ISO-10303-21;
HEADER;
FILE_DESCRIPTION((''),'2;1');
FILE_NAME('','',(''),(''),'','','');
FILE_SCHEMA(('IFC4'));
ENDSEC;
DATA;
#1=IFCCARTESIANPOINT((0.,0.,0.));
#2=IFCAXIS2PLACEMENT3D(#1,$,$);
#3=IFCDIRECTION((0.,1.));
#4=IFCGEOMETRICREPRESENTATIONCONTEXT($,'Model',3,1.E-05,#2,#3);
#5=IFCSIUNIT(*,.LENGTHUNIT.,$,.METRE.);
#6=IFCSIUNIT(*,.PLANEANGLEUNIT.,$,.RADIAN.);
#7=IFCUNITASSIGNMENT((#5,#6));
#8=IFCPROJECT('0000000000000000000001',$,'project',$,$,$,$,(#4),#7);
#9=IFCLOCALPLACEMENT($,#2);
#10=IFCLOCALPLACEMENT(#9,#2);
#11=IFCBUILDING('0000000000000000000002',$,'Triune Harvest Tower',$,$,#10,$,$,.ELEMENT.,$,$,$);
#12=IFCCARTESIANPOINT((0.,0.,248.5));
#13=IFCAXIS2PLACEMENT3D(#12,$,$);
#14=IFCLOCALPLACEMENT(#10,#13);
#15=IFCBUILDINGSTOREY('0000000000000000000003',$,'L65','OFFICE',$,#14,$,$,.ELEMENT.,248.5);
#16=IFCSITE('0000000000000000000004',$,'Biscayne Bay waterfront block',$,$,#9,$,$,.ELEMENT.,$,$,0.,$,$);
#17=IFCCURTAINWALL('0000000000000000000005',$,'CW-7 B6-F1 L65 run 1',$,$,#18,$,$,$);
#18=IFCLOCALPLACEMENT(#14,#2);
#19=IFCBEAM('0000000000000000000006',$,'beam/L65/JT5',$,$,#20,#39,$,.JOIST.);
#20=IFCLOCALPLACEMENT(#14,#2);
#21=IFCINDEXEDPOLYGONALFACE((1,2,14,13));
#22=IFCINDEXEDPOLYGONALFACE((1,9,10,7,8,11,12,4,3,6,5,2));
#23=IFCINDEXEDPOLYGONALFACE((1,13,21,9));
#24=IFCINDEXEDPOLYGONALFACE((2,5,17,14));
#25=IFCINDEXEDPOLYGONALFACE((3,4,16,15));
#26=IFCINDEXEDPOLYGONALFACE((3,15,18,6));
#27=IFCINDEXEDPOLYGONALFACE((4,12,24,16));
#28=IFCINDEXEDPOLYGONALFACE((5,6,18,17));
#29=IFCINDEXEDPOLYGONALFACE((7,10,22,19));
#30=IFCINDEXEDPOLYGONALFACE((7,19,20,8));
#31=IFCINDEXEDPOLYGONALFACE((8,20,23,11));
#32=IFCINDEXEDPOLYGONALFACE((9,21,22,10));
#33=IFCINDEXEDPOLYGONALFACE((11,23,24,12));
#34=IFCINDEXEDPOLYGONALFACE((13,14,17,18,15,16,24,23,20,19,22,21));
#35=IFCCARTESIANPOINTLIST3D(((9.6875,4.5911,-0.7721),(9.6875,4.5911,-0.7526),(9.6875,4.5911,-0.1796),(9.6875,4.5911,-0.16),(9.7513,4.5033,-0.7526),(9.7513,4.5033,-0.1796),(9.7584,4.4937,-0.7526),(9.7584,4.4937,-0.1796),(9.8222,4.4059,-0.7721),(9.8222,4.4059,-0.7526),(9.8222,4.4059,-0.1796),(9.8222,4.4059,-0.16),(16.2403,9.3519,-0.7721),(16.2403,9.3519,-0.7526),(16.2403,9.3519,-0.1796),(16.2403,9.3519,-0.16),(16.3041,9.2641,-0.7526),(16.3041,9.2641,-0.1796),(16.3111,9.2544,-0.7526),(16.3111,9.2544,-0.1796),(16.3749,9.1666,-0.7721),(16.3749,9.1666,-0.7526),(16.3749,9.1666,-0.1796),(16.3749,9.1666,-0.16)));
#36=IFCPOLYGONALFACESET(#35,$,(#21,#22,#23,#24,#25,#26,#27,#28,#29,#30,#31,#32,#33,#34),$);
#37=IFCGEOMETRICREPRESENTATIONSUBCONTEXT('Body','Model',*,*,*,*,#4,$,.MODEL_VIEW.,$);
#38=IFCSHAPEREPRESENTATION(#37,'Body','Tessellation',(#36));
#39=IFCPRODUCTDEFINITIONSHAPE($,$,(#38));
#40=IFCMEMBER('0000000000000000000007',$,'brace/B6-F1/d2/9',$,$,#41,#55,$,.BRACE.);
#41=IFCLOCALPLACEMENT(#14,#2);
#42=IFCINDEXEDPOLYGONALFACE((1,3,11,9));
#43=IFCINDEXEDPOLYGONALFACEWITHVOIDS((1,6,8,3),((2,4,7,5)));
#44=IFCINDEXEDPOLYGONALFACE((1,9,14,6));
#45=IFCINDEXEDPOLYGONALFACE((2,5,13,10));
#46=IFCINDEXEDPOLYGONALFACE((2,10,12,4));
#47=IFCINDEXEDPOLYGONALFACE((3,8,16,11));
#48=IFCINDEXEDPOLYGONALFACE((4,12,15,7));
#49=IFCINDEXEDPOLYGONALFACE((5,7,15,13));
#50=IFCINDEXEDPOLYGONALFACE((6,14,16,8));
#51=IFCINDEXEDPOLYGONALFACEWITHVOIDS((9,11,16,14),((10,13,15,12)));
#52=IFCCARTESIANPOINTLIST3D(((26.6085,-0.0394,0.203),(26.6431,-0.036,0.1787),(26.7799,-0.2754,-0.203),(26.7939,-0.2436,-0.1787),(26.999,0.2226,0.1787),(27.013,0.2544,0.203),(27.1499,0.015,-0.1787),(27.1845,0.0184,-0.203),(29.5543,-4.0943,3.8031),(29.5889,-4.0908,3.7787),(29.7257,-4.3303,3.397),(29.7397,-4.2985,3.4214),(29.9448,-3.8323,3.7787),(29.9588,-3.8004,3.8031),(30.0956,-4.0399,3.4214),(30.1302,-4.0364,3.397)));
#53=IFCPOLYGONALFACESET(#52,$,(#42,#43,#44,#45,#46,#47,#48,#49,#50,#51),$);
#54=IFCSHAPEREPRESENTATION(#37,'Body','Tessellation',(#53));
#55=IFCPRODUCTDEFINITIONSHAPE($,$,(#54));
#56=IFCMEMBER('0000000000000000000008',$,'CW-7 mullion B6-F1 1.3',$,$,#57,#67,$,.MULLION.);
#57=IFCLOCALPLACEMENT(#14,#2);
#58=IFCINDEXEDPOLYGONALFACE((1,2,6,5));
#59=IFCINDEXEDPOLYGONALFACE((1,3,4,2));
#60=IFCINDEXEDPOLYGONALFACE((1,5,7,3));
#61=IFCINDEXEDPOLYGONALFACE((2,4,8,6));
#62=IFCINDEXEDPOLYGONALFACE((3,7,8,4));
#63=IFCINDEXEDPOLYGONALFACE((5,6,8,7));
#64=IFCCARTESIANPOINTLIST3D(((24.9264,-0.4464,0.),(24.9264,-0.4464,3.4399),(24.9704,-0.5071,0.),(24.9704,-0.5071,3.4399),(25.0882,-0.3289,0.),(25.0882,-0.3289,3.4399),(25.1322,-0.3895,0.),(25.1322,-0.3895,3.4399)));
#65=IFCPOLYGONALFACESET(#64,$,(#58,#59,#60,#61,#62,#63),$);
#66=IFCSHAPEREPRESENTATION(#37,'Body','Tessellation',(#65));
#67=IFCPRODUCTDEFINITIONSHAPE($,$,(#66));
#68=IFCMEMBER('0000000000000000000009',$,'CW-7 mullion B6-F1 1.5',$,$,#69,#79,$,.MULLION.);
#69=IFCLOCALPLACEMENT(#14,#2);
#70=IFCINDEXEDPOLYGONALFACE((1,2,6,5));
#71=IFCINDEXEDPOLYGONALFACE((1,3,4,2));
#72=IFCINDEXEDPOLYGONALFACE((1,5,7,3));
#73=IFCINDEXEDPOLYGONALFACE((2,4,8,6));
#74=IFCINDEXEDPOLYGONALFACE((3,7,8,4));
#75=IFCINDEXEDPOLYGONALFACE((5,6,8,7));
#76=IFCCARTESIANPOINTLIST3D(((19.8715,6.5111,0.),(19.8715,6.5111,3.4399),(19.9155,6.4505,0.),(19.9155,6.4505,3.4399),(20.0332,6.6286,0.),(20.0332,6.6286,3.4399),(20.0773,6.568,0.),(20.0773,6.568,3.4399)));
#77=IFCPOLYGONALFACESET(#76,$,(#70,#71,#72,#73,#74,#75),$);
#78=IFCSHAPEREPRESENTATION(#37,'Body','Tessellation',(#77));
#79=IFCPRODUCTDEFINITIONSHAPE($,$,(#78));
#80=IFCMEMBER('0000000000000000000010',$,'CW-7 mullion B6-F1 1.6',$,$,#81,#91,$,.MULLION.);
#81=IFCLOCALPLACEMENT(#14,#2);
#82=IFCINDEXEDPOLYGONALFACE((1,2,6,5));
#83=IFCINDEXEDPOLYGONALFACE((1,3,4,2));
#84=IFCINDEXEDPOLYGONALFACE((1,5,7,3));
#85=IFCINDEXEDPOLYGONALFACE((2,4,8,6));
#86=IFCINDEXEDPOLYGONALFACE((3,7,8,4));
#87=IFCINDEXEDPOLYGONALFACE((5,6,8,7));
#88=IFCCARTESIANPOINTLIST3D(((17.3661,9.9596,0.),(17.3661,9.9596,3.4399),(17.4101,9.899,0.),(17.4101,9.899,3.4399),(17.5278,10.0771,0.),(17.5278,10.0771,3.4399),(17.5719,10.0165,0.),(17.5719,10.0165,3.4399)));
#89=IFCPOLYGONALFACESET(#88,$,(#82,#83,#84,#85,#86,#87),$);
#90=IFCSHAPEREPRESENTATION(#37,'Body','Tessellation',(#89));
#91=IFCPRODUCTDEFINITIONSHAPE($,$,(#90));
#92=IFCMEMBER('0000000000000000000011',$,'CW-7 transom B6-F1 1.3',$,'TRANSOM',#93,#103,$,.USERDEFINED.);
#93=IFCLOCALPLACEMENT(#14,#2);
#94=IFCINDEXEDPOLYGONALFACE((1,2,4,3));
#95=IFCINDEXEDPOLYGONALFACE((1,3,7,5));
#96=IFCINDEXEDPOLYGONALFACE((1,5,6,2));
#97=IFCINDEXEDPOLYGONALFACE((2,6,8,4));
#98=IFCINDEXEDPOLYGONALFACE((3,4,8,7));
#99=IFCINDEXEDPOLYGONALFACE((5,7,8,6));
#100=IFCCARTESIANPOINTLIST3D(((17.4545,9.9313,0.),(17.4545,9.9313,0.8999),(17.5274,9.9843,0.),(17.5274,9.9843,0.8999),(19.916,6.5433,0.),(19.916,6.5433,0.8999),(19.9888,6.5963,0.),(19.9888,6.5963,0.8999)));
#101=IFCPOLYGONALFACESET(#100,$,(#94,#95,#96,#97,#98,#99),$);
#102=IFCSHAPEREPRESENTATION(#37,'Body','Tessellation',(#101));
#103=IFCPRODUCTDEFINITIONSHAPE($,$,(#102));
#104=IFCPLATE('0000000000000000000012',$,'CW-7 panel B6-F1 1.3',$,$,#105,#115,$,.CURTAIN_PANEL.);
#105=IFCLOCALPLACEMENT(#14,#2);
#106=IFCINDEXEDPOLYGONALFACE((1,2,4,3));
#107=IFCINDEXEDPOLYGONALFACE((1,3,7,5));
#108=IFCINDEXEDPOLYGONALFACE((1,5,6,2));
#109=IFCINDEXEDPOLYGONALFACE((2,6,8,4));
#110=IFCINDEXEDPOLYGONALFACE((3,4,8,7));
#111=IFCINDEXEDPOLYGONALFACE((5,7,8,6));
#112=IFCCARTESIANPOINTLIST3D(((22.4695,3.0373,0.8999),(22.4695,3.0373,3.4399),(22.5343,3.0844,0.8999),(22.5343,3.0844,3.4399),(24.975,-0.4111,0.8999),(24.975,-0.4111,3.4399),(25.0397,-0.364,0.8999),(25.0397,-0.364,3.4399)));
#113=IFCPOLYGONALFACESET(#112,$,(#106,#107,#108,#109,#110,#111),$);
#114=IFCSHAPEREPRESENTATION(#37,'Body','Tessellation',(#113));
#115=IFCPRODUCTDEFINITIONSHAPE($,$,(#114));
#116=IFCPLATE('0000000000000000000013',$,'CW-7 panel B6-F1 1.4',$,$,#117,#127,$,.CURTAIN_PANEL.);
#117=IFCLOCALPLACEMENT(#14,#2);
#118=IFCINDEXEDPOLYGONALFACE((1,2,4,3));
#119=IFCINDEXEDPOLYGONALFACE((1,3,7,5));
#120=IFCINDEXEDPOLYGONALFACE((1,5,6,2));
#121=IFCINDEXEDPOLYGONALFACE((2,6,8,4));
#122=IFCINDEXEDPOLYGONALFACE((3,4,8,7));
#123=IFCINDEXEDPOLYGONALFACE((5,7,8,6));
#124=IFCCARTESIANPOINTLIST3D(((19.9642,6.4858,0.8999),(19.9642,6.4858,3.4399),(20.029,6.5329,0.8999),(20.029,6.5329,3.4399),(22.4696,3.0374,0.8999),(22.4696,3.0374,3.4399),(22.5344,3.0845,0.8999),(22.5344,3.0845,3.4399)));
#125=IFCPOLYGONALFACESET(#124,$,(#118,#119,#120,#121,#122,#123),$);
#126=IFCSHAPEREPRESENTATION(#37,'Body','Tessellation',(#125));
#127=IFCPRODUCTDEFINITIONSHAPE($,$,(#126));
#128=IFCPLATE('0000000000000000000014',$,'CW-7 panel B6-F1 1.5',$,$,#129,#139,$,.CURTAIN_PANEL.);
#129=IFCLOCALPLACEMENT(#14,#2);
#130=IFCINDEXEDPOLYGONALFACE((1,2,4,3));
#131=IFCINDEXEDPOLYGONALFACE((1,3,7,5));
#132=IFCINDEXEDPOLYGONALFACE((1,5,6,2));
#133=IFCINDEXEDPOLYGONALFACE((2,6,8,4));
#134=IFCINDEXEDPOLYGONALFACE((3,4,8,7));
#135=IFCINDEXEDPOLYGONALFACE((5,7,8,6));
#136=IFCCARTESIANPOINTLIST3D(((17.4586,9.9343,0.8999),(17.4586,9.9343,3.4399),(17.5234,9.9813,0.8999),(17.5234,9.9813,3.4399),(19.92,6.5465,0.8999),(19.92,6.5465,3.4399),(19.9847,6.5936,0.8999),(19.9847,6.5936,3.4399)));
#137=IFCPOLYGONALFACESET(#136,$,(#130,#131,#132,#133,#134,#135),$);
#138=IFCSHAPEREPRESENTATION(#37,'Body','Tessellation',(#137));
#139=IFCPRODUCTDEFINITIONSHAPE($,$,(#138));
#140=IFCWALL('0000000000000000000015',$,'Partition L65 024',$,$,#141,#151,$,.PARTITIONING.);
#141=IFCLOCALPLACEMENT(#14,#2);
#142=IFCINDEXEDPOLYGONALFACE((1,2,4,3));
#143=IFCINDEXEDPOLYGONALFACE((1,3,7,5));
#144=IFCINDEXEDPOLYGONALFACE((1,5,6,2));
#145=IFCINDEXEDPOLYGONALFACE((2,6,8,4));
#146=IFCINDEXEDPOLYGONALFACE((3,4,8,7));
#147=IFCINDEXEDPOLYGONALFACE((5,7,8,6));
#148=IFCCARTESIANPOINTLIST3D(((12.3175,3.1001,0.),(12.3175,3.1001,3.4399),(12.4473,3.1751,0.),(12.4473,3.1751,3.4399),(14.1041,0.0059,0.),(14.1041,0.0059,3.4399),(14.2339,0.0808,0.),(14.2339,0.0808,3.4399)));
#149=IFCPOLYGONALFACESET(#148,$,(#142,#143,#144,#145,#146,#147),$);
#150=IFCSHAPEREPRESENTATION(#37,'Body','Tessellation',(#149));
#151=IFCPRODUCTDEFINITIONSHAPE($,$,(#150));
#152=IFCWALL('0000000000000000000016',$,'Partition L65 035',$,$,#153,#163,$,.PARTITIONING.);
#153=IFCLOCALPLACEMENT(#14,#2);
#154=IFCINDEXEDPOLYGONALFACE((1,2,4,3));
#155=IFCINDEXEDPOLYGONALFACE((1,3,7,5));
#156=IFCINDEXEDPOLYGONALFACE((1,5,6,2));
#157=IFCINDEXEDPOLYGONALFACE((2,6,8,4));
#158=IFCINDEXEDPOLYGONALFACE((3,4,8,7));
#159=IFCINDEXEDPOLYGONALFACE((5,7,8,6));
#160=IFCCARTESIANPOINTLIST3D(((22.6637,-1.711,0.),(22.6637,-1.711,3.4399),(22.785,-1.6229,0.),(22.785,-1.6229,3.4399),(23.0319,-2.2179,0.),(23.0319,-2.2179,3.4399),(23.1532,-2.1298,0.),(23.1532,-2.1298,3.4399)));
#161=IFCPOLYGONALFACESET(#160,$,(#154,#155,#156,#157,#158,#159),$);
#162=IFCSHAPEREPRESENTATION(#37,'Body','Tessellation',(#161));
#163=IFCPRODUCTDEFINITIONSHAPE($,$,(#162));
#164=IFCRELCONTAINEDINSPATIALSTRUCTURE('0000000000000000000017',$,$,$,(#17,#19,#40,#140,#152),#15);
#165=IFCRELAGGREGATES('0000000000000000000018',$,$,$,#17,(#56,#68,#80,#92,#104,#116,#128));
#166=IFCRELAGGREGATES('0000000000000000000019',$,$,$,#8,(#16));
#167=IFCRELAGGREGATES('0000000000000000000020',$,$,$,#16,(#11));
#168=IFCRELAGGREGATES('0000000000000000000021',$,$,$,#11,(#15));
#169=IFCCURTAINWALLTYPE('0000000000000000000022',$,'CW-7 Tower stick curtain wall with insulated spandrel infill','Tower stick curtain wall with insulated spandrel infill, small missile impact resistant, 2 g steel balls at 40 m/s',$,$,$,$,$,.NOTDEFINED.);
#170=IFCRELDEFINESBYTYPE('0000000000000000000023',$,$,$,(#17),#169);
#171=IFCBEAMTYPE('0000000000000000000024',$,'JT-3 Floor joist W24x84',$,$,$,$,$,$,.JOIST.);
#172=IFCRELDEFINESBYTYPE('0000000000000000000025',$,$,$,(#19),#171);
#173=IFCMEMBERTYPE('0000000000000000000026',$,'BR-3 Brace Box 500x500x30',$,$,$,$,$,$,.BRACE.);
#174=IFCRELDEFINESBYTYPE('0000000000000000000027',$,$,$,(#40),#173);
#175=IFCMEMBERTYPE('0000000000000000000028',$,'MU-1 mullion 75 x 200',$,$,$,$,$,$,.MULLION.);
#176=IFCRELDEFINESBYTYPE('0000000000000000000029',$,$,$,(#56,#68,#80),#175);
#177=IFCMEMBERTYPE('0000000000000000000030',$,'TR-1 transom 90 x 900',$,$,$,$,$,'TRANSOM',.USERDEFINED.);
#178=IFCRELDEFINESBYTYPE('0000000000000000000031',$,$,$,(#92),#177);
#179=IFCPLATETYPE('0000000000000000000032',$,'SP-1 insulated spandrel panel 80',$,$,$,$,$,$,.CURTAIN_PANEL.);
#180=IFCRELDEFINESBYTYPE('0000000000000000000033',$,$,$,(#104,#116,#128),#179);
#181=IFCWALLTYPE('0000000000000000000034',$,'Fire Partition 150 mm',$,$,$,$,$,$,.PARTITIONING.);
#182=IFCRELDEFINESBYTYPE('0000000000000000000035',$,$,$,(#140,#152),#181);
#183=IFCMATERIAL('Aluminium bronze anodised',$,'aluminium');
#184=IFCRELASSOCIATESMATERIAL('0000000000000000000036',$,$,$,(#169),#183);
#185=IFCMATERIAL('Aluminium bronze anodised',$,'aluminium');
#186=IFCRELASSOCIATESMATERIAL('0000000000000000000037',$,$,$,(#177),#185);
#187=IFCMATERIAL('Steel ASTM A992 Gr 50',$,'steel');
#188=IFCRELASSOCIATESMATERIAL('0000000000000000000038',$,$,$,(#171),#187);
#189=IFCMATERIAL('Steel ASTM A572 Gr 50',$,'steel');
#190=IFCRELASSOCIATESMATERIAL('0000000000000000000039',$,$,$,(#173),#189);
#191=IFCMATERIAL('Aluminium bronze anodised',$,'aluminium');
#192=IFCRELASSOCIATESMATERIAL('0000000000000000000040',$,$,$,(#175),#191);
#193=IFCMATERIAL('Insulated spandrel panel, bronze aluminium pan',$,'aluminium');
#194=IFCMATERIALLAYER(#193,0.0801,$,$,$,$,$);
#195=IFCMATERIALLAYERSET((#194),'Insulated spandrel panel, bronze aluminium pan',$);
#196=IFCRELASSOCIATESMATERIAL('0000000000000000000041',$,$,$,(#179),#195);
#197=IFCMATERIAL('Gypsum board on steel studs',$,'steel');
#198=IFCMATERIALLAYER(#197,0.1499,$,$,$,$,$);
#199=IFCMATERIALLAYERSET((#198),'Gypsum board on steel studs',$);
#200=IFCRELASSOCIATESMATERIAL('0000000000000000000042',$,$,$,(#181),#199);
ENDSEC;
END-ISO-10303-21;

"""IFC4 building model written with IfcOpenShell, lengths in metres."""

from ifc_helpers import new_model, si_unit, direction, frame, frame_2d, origin, origin_2d, place, context, subcontext, project, spatial, rectangle, hollow_rectangle, i_section, extrude, source, transform, mapped, material, layer, layer_set, material_profile, profile_set, type_object, element, aggregate, save


model = new_model("IFC4")

# Units and contexts
model_context = context("Model", 3, precision=1e-05, world=origin(), true_north=direction((0.0, 1.0)))
body_context = subcontext(model_context, "Body", "Model", "MODEL_VIEW")
ifc_project = project(units=[si_unit("LENGTHUNIT", "METRE"), si_unit("PLANEANGLEUNIT", "RADIAN")], contexts=[model_context])

# Site, building, storey
site_placement = place(None, origin())
site = spatial("IfcSite", under=ifc_project, at=site_placement, Name="Biscayne Bay waterfront block", CompositionType="ELEMENT", RefElevation=0.0)
building_placement = place(site_placement, origin())
building = spatial("IfcBuilding", under=site, at=building_placement, Name="Triune Harvest Tower", CompositionType="ELEMENT")
storey_placement = place(building_placement, frame((0.0, 0.0, 248.5)))
storey = spatial("IfcBuildingStorey", under=building, at=storey_placement, Name="L65", Description="OFFICE", CompositionType="ELEMENT", Elevation=248.5)

# Curtain wall
ifc_material_1 = material(Name="Aluminium bronze anodised", Category="aluminium")
curtain_wall_type = type_object("IfcCurtainWallType", Name="CW-7 Tower stick curtain wall with insulated spandrel infill", Description="Tower stick curtain wall with insulated spandrel infill, small missile impact resistant, 2 g steel balls at 40 m/s", PredefinedType="NOTDEFINED", material=ifc_material_1)
curtain_wall_placement = place(storey_placement, origin())
curtain_wall = element("IfcCurtainWall", 1, at=curtain_wall_placement, inside=storey, type_object=curtain_wall_type, Name="CW-7 B6-F1 L65 run 1")
ifc_material_2 = material(Name="Aluminium bronze anodised", Category="aluminium")
ifc_material_profile_1 = material_profile(ifc_material_2, rectangle(XDim=0.0901, YDim=0.8999, at=origin_2d()), Name="TR-1 transom 90 x 900")
ifc_profile_set_1 = profile_set([ifc_material_profile_1], Name="Aluminium bronze anodised")
member_type_1 = type_object("IfcMemberType", Name="TR-1 transom 90 x 900", ElementType="TRANSOM", PredefinedType="USERDEFINED", material=ifc_profile_set_1)

# Beam
ifc_material_3 = material(Name="Steel ASTM A992 Gr 50", Category="steel")
ifc_material_profile_2 = material_profile(ifc_material_3, i_section(OverallWidth=0.229, OverallDepth=0.6121, WebThickness=0.012, FlangeThickness=0.0195, at=origin_2d()), Name="W24x84")
ifc_profile_set_2 = profile_set([ifc_material_profile_2], Name="Steel ASTM A992 Gr 50")
beam_type_1 = type_object("IfcBeamType", Name="JT-3 Floor joist W24x84", PredefinedType="JOIST", material=ifc_profile_set_2)
shared_shape_1 = source(origin(), body_context, "Body", "SweptSolid", [
    extrude(i_section(OverallWidth=0.229, OverallDepth=0.6121, WebThickness=0.012, FlangeThickness=0.0195, at=origin_2d()), origin(), (0.0, 0.0, 1.0), 8.0996),
])
beam_1_placement = place(storey_placement, frame((16.3076, 9.2593, -0.4661), z_axis=(-0.809023, -0.587777, 0.0), x_axis=(0.587777, -0.809023, 0.0)))
element("IfcBeam", 2, at=beam_1_placement, inside=storey, type_object=beam_type_1, Name="beam/L65/JT5", PredefinedType="JOIST", context=body_context, shape_type="MappedRepresentation", body=[
    mapped(shared_shape_1, transform((0.0, 0.0, 0.0), scale=1.0)),
])

# Members
ifc_material_4 = material(Name="Steel ASTM A572 Gr 50", Category="steel")
ifc_material_profile_3 = material_profile(ifc_material_4, hollow_rectangle(XDim=0.5, YDim=0.5, WallThickness=0.03, at=origin_2d()), Name="Box 500x500x30")
ifc_profile_set_3 = profile_set([ifc_material_profile_3], Name="Steel ASTM A572 Gr 50")
member_type_2 = type_object("IfcMemberType", Name="BR-3 Brace Box 500x500x30", PredefinedType="BRACE", material=ifc_profile_set_3)
shared_shape_2 = source(origin(), body_context, "Body", "SweptSolid", [
    extrude(hollow_rectangle(XDim=0.5, YDim=0.5, WallThickness=0.03, at=origin_2d()), origin(), (0.0, 0.0, 1.0), 6.1709),
])
member_1_placement = place(storey_placement, frame((26.8965, -0.0105, 0.0), z_axis=(0.477364, -0.657098, 0.583392), x_axis=(0.809044, 0.587749, 0.0)))
element("IfcMember", 3, at=member_1_placement, inside=storey, type_object=member_type_2, Name="brace/B6-F1/d2/9", PredefinedType="BRACE", context=body_context, shape_type="MappedRepresentation", body=[
    mapped(shared_shape_2, transform((0.0, 0.0, 0.0), scale=1.0)),
])
ifc_material_5 = material(Name="Aluminium bronze anodised", Category="aluminium")
ifc_material_profile_4 = material_profile(ifc_material_5, rectangle(XDim=0.2, YDim=0.075, at=origin_2d()), Name="MU-1 mullion 75 x 200")
ifc_profile_set_4 = profile_set([ifc_material_profile_4], Name="Aluminium bronze anodised")
member_type_3 = type_object("IfcMemberType", Name="MU-1 mullion 75 x 200", PredefinedType="MULLION", material=ifc_profile_set_4)
shared_shape_3 = source(origin(), body_context, "Body", "SweptSolid", [
    extrude(rectangle(XDim=0.2, YDim=0.075, at=origin_2d()), origin(), (0.0, 0.0, 1.0), 3.4399),
])
member_2_placement = place(storey_placement, frame((25.0293, -0.418, 0.0), z_axis=(0.0, 0.0, 1.0), x_axis=(-0.809016, -0.587786, 0.0)))
member_2 = element("IfcMember", 4, at=member_2_placement, type_object=member_type_3, Name="CW-7 mullion B6-F1 1.3", PredefinedType="MULLION", context=body_context, shape_type="MappedRepresentation", body=[
    mapped(shared_shape_3, transform((0.0, 0.0, 0.0), scale=1.0)),
])
member_3_placement = place(storey_placement, frame((19.9744, 6.5396, 0.0), z_axis=(0.0, 0.0, 1.0), x_axis=(-0.809016, -0.587786, 0.0)))
member_3 = element("IfcMember", 5, at=member_3_placement, type_object=member_type_3, Name="CW-7 mullion B6-F1 1.5", PredefinedType="MULLION", context=body_context, shape_type="MappedRepresentation", body=[
    mapped(shared_shape_3, transform((0.0, 0.0, 0.0), scale=1.0)),
])
member_4_placement = place(storey_placement, frame((17.469, 9.988, 0.0), z_axis=(0.0, 0.0, 1.0), x_axis=(-0.809016, -0.587786, 0.0)))
member_4 = element("IfcMember", 6, at=member_4_placement, type_object=member_type_3, Name="CW-7 mullion B6-F1 1.6", PredefinedType="MULLION", context=body_context, shape_type="MappedRepresentation", body=[
    mapped(shared_shape_3, transform((0.0, 0.0, 0.0), scale=1.0)),
])
shared_shape_4 = source(origin(), body_context, "Body", "SweptSolid", [
    extrude(rectangle(XDim=0.0901, YDim=0.8999, at=origin_2d()), origin(), (0.0, 0.0, 1.0), 4.1877),
])
member_5_placement = place(storey_placement, frame((19.9524, 6.5698, 0.45), z_axis=(-0.587776, 0.809023, 0.0), x_axis=(-0.809023, -0.587776, 0.0)))
member_5 = element("IfcMember", 7, at=member_5_placement, type_object=member_type_1, Name="CW-7 transom B6-F1 1.3", ObjectType="TRANSOM", PredefinedType="USERDEFINED", context=body_context, shape_type="MappedRepresentation", body=[
    mapped(shared_shape_4, transform((0.0, 0.0, 0.0), scale=1.0)),
])

# Plates
ifc_material_6 = material(Name="Insulated spandrel panel, bronze aluminium pan", Category="aluminium")
ifc_layer_1 = layer(ifc_material_6, 0.0801)
ifc_layer_set_1 = layer_set([ifc_layer_1], Name="Insulated spandrel panel, bronze aluminium pan")
plate_type = type_object("IfcPlateType", Name="SP-1 insulated spandrel panel 80", PredefinedType="CURTAIN_PANEL", material=ifc_layer_set_1)
shared_shape_5 = source(origin(), body_context, "Body", "SweptSolid", [
    extrude(rectangle(XDim=4.2625, YDim=0.0801, at=origin_2d()), origin(), (0.0, 0.0, 1.0), 2.54),
])
plate_1_placement = place(storey_placement, frame((23.7546, 1.3367, 0.8999), z_axis=(0.0, 0.0, 1.0), x_axis=(-0.587786, 0.809016, 0.0)))
plate_1 = element("IfcPlate", 8, at=plate_1_placement, type_object=plate_type, Name="CW-7 panel B6-F1 1.3", PredefinedType="CURTAIN_PANEL", context=body_context, shape_type="MappedRepresentation", body=[
    mapped(shared_shape_5, transform((0.0, 0.0, 0.0), scale=1.0)),
])
plate_2_placement = place(storey_placement, frame((21.2493, 4.7852, 0.8999), z_axis=(0.0, 0.0, 1.0), x_axis=(-0.587786, 0.809016, 0.0)))
plate_2 = element("IfcPlate", 9, at=plate_2_placement, type_object=plate_type, Name="CW-7 panel B6-F1 1.4", PredefinedType="CURTAIN_PANEL", context=body_context, shape_type="MappedRepresentation", body=[
    mapped(shared_shape_5, transform((0.0, 0.0, 0.0), scale=1.0)),
])
shared_shape_6 = source(origin(), body_context, "Body", "SweptSolid", [
    extrude(rectangle(XDim=4.1875, YDim=0.0801, at=origin_2d()), origin(), (0.0, 0.0, 1.0), 2.54),
])
plate_3_placement = place(storey_placement, frame((18.7217, 8.2639, 0.8999), z_axis=(0.0, 0.0, 1.0), x_axis=(-0.587786, 0.809016, 0.0)))
plate_3 = element("IfcPlate", 10, at=plate_3_placement, type_object=plate_type, Name="CW-7 panel B6-F1 1.5", PredefinedType="CURTAIN_PANEL", context=body_context, shape_type="MappedRepresentation", body=[
    mapped(shared_shape_6, transform((0.0, 0.0, 0.0), scale=1.0)),
])
aggregate(curtain_wall, [member_2, member_3, member_4, member_5, plate_1, plate_2, plate_3])

# Walls
ifc_material_7 = material(Name="Gypsum board on steel studs", Category="steel")
ifc_layer_2 = layer(ifc_material_7, 0.1499)
ifc_layer_set_2 = layer_set([ifc_layer_2], Name="Gypsum board on steel studs")
wall_type = type_object("IfcWallType", Name="Fire Partition 150 mm", PredefinedType="PARTITIONING", material=ifc_layer_set_2)
wall_1_placement = place(storey_placement, frame((12.3823, 3.1377, 0.0), z_axis=(0.0, 0.0, 1.0), x_axis=(0.500034, -0.866006, 0.0)))
element("IfcWall", 11, at=wall_1_placement, inside=storey, type_object=wall_type, Name="Partition L65 024", PredefinedType="PARTITIONING", context=body_context, shape_type="SweptSolid", body=[
    extrude(rectangle(XDim=3.573, YDim=0.1499, at=frame_2d((1.7866, 0.0))), origin(), (0.0, 0.0, 1.0), 3.4399),
])
wall_2_placement = place(storey_placement, frame((22.7244, -1.667, 0.0), z_axis=(0.0, 0.0, 1.0), x_axis=(0.587708, -0.809073, 0.0)))
element("IfcWall", 12, at=wall_2_placement, inside=storey, type_object=wall_type, Name="Partition L65 035", PredefinedType="PARTITIONING", context=body_context, shape_type="SweptSolid", body=[
    extrude(rectangle(XDim=0.6265, YDim=0.1499, at=frame_2d((0.3132, 0.0))), origin(), (0.0, 0.0, 1.0), 3.4399),
])

save(model, "model.ifc")
